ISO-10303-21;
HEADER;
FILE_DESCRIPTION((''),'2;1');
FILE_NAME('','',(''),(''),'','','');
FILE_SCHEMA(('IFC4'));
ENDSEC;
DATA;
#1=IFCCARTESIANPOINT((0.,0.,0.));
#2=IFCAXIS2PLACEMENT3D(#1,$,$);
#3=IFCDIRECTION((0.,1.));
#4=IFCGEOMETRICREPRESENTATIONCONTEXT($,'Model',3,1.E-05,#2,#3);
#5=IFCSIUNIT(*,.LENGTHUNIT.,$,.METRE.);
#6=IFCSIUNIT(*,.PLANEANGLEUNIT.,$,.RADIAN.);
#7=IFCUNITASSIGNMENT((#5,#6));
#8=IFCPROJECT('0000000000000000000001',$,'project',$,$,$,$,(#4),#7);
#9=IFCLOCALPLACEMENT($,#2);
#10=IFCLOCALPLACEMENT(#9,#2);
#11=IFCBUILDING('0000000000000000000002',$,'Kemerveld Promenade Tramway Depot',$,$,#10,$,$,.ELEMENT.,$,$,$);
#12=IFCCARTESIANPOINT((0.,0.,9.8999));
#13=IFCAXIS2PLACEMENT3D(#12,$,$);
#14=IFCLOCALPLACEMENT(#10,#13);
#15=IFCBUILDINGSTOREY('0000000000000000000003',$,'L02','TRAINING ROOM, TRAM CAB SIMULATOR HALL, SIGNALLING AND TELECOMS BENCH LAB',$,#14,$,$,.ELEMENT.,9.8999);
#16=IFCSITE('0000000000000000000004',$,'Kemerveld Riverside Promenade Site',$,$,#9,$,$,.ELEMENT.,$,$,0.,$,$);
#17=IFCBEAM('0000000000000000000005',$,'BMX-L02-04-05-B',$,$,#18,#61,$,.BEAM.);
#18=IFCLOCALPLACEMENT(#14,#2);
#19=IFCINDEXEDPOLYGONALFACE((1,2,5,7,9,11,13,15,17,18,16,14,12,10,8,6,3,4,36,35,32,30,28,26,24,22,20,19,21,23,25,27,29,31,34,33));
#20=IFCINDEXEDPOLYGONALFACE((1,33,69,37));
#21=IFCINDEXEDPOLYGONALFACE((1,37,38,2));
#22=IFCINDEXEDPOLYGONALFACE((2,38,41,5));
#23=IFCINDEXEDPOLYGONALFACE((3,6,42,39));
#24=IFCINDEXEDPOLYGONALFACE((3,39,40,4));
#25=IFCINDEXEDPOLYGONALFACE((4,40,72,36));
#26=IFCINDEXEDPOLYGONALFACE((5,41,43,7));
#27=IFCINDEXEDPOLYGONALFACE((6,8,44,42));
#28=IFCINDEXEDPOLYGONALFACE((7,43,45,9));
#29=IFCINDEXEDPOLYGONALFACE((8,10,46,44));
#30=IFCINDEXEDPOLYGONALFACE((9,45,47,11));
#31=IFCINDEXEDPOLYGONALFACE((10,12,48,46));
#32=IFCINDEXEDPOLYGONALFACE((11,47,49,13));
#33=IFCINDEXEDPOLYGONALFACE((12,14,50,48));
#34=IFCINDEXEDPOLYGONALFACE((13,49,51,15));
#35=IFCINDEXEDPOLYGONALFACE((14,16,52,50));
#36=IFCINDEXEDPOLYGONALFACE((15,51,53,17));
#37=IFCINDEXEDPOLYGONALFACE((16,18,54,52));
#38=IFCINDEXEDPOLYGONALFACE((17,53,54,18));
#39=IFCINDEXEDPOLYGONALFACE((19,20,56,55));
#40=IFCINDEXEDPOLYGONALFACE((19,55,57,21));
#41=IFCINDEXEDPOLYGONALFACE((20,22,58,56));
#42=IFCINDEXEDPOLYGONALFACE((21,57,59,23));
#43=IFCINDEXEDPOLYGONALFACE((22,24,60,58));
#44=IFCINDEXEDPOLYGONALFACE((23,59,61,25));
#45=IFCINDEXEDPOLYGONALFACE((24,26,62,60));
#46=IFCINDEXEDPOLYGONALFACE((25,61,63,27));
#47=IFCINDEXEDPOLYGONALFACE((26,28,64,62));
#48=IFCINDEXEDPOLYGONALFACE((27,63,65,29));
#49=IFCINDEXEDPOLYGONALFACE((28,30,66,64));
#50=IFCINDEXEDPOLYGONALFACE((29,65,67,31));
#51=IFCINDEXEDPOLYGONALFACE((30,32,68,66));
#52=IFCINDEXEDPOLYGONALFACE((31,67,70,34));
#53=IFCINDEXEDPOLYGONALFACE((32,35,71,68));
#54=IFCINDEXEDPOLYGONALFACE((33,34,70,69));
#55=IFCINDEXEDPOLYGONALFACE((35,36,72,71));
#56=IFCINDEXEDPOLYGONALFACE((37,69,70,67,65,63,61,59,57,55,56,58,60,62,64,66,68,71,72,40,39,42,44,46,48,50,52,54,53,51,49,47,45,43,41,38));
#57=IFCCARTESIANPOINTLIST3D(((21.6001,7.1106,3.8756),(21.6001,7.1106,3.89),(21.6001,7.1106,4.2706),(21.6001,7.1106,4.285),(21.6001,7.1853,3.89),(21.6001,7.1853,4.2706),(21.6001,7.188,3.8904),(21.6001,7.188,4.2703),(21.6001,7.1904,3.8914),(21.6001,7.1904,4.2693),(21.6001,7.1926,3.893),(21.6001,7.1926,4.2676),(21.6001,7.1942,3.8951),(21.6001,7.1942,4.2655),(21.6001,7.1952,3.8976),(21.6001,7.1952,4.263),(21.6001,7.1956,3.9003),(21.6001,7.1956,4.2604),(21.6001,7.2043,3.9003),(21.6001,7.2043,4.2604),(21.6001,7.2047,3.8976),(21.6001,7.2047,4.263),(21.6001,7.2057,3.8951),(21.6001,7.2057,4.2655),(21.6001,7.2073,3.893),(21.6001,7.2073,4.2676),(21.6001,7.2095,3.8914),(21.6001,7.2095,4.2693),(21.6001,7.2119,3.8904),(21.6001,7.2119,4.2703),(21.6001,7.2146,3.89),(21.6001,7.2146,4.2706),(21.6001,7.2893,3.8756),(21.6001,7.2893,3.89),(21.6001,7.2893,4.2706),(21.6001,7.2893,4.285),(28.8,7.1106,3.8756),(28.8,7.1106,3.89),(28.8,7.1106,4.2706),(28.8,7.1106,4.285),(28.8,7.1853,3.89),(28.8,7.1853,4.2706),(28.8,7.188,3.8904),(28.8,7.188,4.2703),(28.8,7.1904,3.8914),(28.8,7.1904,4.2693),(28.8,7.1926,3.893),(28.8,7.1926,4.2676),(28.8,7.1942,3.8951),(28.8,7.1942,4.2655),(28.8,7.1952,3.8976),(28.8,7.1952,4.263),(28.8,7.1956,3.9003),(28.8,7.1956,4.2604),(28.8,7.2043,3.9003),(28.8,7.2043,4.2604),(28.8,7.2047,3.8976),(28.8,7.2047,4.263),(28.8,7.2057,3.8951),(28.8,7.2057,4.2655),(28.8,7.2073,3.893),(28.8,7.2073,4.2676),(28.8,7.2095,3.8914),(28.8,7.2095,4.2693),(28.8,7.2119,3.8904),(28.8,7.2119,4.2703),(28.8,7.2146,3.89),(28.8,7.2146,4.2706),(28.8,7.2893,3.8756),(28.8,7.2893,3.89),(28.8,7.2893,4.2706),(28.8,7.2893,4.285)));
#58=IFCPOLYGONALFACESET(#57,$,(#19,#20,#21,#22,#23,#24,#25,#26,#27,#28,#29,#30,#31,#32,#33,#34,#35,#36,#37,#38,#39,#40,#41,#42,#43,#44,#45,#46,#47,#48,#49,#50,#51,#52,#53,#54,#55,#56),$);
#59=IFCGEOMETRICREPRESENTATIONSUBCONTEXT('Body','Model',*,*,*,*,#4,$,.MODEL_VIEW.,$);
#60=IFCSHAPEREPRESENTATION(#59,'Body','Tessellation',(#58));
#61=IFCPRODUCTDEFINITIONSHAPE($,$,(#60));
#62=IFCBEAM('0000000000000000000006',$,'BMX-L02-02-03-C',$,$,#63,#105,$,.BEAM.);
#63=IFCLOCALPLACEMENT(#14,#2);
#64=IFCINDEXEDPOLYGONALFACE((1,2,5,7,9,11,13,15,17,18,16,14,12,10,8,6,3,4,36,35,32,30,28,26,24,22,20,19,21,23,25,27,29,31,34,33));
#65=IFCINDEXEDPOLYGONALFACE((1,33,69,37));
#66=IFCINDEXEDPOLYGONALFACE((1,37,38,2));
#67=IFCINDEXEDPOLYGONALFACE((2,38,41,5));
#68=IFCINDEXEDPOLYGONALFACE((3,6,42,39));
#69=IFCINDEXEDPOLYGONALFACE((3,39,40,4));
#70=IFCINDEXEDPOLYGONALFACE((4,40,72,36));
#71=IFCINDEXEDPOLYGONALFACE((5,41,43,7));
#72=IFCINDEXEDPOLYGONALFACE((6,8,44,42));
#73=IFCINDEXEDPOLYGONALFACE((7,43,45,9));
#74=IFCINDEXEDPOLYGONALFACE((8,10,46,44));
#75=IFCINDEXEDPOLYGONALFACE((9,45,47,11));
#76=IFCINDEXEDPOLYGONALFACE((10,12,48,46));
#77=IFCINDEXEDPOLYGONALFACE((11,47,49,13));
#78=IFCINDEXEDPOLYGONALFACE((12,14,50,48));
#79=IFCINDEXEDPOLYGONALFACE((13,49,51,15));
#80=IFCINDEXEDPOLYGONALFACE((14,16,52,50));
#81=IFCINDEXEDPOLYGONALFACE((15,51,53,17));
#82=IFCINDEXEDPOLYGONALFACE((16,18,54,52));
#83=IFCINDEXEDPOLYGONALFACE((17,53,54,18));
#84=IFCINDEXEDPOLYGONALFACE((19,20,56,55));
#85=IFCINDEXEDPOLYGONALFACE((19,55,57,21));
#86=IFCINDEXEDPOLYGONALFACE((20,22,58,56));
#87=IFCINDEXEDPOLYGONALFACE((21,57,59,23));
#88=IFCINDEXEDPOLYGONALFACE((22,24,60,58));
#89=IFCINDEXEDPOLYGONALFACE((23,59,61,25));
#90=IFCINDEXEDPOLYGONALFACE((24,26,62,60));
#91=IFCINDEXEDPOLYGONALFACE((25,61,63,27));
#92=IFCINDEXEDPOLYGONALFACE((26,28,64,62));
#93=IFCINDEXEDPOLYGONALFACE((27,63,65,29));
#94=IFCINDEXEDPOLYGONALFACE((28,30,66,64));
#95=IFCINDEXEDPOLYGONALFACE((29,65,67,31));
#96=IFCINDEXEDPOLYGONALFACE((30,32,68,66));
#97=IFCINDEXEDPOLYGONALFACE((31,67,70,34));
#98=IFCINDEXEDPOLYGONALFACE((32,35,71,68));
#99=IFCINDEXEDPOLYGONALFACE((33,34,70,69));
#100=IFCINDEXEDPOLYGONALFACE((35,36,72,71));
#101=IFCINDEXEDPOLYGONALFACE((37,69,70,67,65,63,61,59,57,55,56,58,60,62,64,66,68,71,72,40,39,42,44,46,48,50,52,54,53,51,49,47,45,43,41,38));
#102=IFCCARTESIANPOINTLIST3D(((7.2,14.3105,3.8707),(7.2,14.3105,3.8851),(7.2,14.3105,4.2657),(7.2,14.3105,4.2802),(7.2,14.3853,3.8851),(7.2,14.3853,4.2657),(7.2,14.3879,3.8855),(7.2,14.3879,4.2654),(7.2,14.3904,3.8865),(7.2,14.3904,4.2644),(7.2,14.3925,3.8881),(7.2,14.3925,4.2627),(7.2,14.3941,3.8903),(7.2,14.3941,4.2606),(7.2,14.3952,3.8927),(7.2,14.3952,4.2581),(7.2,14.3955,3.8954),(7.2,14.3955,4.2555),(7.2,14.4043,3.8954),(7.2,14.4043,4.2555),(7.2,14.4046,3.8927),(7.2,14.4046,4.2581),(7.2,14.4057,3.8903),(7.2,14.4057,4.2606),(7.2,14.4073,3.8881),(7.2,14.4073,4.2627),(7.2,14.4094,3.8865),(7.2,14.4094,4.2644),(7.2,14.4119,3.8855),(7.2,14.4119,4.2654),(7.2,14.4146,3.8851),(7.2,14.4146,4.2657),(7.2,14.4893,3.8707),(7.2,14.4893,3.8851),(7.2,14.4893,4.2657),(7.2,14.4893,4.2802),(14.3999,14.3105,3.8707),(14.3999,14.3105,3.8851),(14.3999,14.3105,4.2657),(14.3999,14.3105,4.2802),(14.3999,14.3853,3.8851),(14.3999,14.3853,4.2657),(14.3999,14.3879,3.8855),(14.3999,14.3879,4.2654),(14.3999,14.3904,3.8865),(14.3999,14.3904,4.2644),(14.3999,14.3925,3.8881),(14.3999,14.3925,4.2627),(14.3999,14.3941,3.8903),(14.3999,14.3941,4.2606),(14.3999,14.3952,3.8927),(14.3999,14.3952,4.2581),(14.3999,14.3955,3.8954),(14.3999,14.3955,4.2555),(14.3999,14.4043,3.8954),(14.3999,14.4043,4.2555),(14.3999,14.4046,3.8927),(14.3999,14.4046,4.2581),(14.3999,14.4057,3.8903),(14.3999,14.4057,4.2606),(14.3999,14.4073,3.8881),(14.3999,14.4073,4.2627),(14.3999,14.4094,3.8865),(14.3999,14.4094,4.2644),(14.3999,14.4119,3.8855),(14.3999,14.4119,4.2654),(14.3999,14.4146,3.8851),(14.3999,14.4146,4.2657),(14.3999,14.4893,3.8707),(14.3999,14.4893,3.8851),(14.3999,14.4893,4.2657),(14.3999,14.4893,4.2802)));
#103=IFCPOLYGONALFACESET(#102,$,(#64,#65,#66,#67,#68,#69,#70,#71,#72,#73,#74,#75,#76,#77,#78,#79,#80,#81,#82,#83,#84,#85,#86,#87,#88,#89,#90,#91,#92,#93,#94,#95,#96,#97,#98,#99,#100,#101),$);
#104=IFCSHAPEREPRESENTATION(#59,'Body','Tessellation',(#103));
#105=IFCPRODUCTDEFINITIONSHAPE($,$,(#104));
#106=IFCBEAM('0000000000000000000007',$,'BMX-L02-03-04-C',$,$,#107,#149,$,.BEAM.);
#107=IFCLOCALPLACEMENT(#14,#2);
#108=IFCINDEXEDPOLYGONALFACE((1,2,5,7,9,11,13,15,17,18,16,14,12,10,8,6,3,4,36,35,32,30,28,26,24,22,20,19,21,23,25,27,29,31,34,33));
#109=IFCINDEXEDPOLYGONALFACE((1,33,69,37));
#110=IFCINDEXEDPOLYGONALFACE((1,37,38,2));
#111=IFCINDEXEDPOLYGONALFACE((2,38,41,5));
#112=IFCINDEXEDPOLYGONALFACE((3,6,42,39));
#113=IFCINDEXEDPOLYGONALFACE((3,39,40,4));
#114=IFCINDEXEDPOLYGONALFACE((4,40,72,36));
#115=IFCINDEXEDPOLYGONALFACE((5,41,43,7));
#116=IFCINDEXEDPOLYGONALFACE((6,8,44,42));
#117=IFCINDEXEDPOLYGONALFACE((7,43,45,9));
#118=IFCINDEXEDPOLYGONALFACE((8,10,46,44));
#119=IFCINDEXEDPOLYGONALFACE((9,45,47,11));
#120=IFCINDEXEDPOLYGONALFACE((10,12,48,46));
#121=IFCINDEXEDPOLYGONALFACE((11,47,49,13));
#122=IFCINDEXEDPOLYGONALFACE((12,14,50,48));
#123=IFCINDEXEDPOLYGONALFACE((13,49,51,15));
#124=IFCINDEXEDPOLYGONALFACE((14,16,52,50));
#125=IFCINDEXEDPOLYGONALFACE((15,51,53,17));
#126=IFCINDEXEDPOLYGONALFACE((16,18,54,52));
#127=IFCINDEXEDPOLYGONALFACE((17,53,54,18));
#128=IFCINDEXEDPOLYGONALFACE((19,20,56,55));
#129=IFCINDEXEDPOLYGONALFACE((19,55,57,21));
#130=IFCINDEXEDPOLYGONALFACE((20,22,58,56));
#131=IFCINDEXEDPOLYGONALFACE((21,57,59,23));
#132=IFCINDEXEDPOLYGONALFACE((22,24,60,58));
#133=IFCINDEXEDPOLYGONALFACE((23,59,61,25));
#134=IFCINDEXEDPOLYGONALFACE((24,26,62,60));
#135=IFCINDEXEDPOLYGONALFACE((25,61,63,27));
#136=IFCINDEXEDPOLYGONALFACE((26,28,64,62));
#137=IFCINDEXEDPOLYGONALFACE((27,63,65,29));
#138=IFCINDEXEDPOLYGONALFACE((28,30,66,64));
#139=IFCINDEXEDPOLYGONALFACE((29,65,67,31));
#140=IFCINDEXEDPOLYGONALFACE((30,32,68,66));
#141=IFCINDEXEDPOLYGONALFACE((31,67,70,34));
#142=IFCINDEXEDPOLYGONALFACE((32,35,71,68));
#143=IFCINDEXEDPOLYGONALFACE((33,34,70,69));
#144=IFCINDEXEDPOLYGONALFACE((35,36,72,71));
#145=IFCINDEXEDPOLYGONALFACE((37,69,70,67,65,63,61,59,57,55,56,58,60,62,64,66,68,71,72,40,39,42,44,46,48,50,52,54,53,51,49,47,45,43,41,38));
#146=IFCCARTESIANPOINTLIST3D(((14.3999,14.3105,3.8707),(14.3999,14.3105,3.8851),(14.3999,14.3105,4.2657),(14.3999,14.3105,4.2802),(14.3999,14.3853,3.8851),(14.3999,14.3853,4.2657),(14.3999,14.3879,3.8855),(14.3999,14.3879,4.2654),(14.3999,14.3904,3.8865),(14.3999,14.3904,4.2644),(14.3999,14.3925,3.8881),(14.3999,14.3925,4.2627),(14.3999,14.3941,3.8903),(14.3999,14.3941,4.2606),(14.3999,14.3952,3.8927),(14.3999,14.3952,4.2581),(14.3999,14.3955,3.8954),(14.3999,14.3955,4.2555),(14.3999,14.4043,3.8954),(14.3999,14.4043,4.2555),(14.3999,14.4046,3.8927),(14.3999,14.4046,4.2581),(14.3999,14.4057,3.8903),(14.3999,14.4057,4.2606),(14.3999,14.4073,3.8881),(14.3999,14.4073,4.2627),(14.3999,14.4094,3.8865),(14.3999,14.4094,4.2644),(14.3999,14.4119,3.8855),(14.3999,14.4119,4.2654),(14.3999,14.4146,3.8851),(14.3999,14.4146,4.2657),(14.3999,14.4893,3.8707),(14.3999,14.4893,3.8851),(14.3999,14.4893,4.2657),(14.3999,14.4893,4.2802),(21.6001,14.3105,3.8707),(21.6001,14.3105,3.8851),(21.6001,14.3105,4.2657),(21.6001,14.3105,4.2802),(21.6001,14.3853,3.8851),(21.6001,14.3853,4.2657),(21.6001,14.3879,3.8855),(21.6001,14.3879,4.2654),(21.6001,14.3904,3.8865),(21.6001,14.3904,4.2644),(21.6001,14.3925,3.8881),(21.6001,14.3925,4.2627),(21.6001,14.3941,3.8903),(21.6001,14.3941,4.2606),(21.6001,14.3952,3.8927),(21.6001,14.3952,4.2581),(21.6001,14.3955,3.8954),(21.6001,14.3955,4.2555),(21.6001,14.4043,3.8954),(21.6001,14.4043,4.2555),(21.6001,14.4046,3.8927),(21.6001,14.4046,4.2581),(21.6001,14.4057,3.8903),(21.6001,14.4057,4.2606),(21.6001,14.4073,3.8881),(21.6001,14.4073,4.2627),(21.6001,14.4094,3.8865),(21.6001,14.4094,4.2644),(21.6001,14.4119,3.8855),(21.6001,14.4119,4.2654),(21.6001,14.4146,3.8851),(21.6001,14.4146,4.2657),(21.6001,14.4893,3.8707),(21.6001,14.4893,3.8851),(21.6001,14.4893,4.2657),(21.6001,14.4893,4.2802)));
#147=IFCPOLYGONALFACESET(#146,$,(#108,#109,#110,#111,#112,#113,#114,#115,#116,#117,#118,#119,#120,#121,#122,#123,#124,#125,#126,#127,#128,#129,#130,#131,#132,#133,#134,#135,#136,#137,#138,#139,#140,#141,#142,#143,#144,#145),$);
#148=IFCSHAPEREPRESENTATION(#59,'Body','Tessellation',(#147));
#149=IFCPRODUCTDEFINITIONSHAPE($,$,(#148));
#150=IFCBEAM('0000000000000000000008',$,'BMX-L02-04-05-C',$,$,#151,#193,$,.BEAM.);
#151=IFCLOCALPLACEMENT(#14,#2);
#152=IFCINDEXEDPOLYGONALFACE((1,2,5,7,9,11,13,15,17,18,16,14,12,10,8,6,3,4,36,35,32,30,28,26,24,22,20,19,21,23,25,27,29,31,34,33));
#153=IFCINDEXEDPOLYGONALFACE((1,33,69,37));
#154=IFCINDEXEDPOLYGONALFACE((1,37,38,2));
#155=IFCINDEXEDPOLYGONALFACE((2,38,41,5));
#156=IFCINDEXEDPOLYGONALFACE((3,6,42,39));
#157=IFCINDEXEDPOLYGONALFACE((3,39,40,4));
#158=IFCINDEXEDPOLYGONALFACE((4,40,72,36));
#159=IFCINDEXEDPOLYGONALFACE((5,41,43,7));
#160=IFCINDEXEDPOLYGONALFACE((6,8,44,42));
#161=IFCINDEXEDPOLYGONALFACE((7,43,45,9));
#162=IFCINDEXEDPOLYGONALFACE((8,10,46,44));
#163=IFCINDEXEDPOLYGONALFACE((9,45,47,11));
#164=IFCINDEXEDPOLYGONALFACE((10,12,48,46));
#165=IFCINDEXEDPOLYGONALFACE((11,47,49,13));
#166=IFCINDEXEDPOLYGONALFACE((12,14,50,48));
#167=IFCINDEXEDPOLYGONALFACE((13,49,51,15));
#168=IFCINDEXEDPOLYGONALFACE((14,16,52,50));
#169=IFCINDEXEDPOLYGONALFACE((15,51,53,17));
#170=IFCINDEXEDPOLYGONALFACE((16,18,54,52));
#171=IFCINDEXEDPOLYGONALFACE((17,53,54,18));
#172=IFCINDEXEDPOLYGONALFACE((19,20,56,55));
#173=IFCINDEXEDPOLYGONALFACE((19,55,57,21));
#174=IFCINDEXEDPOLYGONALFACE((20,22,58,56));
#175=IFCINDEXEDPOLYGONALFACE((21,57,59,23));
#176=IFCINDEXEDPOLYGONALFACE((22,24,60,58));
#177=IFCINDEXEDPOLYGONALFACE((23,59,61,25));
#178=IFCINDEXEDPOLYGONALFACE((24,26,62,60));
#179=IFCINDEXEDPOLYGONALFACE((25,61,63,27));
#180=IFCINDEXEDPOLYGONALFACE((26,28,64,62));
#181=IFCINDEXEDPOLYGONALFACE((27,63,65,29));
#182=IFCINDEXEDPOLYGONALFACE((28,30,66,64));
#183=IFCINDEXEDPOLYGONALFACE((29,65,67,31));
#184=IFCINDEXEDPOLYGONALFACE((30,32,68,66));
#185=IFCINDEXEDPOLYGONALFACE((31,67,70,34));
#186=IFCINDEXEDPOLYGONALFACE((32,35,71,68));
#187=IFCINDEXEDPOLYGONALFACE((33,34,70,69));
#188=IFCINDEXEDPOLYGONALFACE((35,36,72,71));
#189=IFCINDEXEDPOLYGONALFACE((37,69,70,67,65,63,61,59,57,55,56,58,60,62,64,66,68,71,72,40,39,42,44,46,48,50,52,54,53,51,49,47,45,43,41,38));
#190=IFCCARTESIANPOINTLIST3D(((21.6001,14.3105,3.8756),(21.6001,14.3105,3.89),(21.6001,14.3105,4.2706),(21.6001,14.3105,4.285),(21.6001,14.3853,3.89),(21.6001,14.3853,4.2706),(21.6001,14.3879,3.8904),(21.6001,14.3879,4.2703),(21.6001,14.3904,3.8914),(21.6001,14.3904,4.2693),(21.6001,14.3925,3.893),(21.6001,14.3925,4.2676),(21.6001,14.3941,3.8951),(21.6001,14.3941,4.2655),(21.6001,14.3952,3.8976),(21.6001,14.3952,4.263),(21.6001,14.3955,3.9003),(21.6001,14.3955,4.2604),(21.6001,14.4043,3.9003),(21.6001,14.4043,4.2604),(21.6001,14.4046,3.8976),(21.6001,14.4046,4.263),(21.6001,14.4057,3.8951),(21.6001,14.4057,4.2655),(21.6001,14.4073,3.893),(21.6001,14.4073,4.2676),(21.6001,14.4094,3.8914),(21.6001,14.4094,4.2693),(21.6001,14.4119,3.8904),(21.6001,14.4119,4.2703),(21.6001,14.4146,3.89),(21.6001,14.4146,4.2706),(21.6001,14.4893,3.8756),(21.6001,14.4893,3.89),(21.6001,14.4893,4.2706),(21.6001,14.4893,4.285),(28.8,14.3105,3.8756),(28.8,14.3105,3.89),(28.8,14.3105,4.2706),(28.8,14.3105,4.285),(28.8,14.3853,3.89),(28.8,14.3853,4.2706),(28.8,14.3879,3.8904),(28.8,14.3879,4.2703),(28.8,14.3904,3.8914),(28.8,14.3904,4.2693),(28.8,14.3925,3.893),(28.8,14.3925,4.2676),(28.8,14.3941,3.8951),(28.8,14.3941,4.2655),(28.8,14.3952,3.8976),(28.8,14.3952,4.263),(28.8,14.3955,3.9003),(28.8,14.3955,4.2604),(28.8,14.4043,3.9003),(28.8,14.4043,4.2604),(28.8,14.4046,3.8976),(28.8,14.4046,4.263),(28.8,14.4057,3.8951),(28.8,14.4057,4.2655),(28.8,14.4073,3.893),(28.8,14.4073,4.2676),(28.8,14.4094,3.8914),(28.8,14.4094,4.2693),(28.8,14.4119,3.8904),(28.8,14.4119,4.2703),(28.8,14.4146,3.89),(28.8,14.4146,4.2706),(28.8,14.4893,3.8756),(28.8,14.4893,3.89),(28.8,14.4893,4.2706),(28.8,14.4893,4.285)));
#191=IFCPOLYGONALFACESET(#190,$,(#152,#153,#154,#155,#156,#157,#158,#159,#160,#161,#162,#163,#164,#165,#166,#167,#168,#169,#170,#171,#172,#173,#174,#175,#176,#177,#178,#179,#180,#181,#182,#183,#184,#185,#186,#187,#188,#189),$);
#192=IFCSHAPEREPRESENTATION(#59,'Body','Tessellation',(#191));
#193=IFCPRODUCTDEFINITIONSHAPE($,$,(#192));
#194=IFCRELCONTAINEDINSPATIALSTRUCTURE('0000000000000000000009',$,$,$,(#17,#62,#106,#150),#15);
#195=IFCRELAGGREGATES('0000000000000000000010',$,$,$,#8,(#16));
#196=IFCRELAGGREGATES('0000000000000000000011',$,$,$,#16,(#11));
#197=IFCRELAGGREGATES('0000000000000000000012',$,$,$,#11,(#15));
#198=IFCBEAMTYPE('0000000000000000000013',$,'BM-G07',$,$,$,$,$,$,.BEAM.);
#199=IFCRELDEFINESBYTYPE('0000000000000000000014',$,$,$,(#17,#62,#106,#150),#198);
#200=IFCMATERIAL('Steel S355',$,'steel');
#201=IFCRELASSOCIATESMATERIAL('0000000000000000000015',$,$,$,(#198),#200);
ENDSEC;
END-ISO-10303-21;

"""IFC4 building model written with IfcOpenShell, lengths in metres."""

from ifc_helpers import new_model, si_unit, direction, frame, origin, origin_2d, place, context, subcontext, project, spatial, i_section, extrude, material, material_profile, profile_set, type_object, element, save


model = new_model("IFC4")

# Units and contexts
model_context = context("Model", 3, precision=1e-05, world=origin(), true_north=direction((0.0, 1.0)))
body_context = subcontext(model_context, "Body", "Model", "MODEL_VIEW")
ifc_project = project(units=[si_unit("LENGTHUNIT", "METRE"), si_unit("PLANEANGLEUNIT", "RADIAN")], contexts=[model_context])

# Site, building, storey
site_placement = place(None, origin())
site = spatial("IfcSite", under=ifc_project, at=site_placement, Name="Kemerveld Riverside Promenade Site", CompositionType="ELEMENT", RefElevation=0.0)
building_placement = place(site_placement, origin())
building = spatial("IfcBuilding", under=site, at=building_placement, Name="Kemerveld Promenade Tramway Depot", CompositionType="ELEMENT")
storey_placement = place(building_placement, frame((0.0, 0.0, 9.8999)))
storey = spatial("IfcBuildingStorey", under=building, at=storey_placement, Name="L02", Description="TRAINING ROOM, TRAM CAB SIMULATOR HALL, SIGNALLING AND TELECOMS BENCH LAB", CompositionType="ELEMENT", Elevation=9.8999)

# Shared definitions
ifc_material_1 = material(Name="Steel S355", Category="steel")

# Beams
ifc_material_profile_1 = material_profile(ifc_material_1, i_section(OverallWidth=0.1787, OverallDepth=0.4094, WebThickness=0.0088, FlangeThickness=0.0144, FilletRadius=0.0103, at=origin_2d()), Name="406x178x67 UB")
ifc_profile_set_1 = profile_set([ifc_material_profile_1], Name="Steel S355")
beam_type_1 = type_object("IfcBeamType", Name="BM-G07", PredefinedType="BEAM", material=ifc_profile_set_1)
for number, where, z_axis, x_axis, name in (
    (1, (21.6001, 7.2, 4.0803), (1.0, 0.0, 0.0), (0.0, 1.0, 0.0), "BMX-L02-04-05-B"),
    (2, (7.2, 14.3999, 4.0754), (1.0, 0.0, 0.0), (0.0, 1.0, 0.0), "BMX-L02-02-03-C"),
):
    element("IfcBeam", number, at=place(storey_placement, frame(where, z_axis=z_axis, x_axis=x_axis)), inside=storey, type_object=beam_type_1, Name=name, PredefinedType="BEAM", context=body_context, shape_type="SweptSolid", body=[
        extrude(i_section(OverallWidth=0.1787, OverallDepth=0.4094, WebThickness=0.0088, FlangeThickness=0.0144, FilletRadius=0.0103, at=origin_2d()), origin(), (0.0, 0.0, 1.0), 7.2),
    ])
beam_1_placement = place(storey_placement, frame((14.3999, 14.3999, 4.0754), z_axis=(1.0, 0.0, 0.0), x_axis=(0.0, 1.0, 0.0)))
element("IfcBeam", 3, at=beam_1_placement, inside=storey, type_object=beam_type_1, Name="BMX-L02-03-04-C", PredefinedType="BEAM", context=body_context, shape_type="SweptSolid", body=[
    extrude(i_section(OverallWidth=0.1787, OverallDepth=0.4094, WebThickness=0.0088, FlangeThickness=0.0144, FilletRadius=0.0103, at=origin_2d()), origin(), (0.0, 0.0, 1.0), 7.2002),
])
beam_2_placement = place(storey_placement, frame((21.6001, 14.3999, 4.0803), z_axis=(1.0, 0.0, 0.0), x_axis=(0.0, 1.0, 0.0)))
element("IfcBeam", 4, at=beam_2_placement, inside=storey, type_object=beam_type_1, Name="BMX-L02-04-05-C", PredefinedType="BEAM", context=body_context, shape_type="SweptSolid", body=[
    extrude(i_section(OverallWidth=0.1787, OverallDepth=0.4094, WebThickness=0.0088, FlangeThickness=0.0144, FilletRadius=0.0103, at=origin_2d()), origin(), (0.0, 0.0, 1.0), 7.2),
])

save(model, "model.ifc")
